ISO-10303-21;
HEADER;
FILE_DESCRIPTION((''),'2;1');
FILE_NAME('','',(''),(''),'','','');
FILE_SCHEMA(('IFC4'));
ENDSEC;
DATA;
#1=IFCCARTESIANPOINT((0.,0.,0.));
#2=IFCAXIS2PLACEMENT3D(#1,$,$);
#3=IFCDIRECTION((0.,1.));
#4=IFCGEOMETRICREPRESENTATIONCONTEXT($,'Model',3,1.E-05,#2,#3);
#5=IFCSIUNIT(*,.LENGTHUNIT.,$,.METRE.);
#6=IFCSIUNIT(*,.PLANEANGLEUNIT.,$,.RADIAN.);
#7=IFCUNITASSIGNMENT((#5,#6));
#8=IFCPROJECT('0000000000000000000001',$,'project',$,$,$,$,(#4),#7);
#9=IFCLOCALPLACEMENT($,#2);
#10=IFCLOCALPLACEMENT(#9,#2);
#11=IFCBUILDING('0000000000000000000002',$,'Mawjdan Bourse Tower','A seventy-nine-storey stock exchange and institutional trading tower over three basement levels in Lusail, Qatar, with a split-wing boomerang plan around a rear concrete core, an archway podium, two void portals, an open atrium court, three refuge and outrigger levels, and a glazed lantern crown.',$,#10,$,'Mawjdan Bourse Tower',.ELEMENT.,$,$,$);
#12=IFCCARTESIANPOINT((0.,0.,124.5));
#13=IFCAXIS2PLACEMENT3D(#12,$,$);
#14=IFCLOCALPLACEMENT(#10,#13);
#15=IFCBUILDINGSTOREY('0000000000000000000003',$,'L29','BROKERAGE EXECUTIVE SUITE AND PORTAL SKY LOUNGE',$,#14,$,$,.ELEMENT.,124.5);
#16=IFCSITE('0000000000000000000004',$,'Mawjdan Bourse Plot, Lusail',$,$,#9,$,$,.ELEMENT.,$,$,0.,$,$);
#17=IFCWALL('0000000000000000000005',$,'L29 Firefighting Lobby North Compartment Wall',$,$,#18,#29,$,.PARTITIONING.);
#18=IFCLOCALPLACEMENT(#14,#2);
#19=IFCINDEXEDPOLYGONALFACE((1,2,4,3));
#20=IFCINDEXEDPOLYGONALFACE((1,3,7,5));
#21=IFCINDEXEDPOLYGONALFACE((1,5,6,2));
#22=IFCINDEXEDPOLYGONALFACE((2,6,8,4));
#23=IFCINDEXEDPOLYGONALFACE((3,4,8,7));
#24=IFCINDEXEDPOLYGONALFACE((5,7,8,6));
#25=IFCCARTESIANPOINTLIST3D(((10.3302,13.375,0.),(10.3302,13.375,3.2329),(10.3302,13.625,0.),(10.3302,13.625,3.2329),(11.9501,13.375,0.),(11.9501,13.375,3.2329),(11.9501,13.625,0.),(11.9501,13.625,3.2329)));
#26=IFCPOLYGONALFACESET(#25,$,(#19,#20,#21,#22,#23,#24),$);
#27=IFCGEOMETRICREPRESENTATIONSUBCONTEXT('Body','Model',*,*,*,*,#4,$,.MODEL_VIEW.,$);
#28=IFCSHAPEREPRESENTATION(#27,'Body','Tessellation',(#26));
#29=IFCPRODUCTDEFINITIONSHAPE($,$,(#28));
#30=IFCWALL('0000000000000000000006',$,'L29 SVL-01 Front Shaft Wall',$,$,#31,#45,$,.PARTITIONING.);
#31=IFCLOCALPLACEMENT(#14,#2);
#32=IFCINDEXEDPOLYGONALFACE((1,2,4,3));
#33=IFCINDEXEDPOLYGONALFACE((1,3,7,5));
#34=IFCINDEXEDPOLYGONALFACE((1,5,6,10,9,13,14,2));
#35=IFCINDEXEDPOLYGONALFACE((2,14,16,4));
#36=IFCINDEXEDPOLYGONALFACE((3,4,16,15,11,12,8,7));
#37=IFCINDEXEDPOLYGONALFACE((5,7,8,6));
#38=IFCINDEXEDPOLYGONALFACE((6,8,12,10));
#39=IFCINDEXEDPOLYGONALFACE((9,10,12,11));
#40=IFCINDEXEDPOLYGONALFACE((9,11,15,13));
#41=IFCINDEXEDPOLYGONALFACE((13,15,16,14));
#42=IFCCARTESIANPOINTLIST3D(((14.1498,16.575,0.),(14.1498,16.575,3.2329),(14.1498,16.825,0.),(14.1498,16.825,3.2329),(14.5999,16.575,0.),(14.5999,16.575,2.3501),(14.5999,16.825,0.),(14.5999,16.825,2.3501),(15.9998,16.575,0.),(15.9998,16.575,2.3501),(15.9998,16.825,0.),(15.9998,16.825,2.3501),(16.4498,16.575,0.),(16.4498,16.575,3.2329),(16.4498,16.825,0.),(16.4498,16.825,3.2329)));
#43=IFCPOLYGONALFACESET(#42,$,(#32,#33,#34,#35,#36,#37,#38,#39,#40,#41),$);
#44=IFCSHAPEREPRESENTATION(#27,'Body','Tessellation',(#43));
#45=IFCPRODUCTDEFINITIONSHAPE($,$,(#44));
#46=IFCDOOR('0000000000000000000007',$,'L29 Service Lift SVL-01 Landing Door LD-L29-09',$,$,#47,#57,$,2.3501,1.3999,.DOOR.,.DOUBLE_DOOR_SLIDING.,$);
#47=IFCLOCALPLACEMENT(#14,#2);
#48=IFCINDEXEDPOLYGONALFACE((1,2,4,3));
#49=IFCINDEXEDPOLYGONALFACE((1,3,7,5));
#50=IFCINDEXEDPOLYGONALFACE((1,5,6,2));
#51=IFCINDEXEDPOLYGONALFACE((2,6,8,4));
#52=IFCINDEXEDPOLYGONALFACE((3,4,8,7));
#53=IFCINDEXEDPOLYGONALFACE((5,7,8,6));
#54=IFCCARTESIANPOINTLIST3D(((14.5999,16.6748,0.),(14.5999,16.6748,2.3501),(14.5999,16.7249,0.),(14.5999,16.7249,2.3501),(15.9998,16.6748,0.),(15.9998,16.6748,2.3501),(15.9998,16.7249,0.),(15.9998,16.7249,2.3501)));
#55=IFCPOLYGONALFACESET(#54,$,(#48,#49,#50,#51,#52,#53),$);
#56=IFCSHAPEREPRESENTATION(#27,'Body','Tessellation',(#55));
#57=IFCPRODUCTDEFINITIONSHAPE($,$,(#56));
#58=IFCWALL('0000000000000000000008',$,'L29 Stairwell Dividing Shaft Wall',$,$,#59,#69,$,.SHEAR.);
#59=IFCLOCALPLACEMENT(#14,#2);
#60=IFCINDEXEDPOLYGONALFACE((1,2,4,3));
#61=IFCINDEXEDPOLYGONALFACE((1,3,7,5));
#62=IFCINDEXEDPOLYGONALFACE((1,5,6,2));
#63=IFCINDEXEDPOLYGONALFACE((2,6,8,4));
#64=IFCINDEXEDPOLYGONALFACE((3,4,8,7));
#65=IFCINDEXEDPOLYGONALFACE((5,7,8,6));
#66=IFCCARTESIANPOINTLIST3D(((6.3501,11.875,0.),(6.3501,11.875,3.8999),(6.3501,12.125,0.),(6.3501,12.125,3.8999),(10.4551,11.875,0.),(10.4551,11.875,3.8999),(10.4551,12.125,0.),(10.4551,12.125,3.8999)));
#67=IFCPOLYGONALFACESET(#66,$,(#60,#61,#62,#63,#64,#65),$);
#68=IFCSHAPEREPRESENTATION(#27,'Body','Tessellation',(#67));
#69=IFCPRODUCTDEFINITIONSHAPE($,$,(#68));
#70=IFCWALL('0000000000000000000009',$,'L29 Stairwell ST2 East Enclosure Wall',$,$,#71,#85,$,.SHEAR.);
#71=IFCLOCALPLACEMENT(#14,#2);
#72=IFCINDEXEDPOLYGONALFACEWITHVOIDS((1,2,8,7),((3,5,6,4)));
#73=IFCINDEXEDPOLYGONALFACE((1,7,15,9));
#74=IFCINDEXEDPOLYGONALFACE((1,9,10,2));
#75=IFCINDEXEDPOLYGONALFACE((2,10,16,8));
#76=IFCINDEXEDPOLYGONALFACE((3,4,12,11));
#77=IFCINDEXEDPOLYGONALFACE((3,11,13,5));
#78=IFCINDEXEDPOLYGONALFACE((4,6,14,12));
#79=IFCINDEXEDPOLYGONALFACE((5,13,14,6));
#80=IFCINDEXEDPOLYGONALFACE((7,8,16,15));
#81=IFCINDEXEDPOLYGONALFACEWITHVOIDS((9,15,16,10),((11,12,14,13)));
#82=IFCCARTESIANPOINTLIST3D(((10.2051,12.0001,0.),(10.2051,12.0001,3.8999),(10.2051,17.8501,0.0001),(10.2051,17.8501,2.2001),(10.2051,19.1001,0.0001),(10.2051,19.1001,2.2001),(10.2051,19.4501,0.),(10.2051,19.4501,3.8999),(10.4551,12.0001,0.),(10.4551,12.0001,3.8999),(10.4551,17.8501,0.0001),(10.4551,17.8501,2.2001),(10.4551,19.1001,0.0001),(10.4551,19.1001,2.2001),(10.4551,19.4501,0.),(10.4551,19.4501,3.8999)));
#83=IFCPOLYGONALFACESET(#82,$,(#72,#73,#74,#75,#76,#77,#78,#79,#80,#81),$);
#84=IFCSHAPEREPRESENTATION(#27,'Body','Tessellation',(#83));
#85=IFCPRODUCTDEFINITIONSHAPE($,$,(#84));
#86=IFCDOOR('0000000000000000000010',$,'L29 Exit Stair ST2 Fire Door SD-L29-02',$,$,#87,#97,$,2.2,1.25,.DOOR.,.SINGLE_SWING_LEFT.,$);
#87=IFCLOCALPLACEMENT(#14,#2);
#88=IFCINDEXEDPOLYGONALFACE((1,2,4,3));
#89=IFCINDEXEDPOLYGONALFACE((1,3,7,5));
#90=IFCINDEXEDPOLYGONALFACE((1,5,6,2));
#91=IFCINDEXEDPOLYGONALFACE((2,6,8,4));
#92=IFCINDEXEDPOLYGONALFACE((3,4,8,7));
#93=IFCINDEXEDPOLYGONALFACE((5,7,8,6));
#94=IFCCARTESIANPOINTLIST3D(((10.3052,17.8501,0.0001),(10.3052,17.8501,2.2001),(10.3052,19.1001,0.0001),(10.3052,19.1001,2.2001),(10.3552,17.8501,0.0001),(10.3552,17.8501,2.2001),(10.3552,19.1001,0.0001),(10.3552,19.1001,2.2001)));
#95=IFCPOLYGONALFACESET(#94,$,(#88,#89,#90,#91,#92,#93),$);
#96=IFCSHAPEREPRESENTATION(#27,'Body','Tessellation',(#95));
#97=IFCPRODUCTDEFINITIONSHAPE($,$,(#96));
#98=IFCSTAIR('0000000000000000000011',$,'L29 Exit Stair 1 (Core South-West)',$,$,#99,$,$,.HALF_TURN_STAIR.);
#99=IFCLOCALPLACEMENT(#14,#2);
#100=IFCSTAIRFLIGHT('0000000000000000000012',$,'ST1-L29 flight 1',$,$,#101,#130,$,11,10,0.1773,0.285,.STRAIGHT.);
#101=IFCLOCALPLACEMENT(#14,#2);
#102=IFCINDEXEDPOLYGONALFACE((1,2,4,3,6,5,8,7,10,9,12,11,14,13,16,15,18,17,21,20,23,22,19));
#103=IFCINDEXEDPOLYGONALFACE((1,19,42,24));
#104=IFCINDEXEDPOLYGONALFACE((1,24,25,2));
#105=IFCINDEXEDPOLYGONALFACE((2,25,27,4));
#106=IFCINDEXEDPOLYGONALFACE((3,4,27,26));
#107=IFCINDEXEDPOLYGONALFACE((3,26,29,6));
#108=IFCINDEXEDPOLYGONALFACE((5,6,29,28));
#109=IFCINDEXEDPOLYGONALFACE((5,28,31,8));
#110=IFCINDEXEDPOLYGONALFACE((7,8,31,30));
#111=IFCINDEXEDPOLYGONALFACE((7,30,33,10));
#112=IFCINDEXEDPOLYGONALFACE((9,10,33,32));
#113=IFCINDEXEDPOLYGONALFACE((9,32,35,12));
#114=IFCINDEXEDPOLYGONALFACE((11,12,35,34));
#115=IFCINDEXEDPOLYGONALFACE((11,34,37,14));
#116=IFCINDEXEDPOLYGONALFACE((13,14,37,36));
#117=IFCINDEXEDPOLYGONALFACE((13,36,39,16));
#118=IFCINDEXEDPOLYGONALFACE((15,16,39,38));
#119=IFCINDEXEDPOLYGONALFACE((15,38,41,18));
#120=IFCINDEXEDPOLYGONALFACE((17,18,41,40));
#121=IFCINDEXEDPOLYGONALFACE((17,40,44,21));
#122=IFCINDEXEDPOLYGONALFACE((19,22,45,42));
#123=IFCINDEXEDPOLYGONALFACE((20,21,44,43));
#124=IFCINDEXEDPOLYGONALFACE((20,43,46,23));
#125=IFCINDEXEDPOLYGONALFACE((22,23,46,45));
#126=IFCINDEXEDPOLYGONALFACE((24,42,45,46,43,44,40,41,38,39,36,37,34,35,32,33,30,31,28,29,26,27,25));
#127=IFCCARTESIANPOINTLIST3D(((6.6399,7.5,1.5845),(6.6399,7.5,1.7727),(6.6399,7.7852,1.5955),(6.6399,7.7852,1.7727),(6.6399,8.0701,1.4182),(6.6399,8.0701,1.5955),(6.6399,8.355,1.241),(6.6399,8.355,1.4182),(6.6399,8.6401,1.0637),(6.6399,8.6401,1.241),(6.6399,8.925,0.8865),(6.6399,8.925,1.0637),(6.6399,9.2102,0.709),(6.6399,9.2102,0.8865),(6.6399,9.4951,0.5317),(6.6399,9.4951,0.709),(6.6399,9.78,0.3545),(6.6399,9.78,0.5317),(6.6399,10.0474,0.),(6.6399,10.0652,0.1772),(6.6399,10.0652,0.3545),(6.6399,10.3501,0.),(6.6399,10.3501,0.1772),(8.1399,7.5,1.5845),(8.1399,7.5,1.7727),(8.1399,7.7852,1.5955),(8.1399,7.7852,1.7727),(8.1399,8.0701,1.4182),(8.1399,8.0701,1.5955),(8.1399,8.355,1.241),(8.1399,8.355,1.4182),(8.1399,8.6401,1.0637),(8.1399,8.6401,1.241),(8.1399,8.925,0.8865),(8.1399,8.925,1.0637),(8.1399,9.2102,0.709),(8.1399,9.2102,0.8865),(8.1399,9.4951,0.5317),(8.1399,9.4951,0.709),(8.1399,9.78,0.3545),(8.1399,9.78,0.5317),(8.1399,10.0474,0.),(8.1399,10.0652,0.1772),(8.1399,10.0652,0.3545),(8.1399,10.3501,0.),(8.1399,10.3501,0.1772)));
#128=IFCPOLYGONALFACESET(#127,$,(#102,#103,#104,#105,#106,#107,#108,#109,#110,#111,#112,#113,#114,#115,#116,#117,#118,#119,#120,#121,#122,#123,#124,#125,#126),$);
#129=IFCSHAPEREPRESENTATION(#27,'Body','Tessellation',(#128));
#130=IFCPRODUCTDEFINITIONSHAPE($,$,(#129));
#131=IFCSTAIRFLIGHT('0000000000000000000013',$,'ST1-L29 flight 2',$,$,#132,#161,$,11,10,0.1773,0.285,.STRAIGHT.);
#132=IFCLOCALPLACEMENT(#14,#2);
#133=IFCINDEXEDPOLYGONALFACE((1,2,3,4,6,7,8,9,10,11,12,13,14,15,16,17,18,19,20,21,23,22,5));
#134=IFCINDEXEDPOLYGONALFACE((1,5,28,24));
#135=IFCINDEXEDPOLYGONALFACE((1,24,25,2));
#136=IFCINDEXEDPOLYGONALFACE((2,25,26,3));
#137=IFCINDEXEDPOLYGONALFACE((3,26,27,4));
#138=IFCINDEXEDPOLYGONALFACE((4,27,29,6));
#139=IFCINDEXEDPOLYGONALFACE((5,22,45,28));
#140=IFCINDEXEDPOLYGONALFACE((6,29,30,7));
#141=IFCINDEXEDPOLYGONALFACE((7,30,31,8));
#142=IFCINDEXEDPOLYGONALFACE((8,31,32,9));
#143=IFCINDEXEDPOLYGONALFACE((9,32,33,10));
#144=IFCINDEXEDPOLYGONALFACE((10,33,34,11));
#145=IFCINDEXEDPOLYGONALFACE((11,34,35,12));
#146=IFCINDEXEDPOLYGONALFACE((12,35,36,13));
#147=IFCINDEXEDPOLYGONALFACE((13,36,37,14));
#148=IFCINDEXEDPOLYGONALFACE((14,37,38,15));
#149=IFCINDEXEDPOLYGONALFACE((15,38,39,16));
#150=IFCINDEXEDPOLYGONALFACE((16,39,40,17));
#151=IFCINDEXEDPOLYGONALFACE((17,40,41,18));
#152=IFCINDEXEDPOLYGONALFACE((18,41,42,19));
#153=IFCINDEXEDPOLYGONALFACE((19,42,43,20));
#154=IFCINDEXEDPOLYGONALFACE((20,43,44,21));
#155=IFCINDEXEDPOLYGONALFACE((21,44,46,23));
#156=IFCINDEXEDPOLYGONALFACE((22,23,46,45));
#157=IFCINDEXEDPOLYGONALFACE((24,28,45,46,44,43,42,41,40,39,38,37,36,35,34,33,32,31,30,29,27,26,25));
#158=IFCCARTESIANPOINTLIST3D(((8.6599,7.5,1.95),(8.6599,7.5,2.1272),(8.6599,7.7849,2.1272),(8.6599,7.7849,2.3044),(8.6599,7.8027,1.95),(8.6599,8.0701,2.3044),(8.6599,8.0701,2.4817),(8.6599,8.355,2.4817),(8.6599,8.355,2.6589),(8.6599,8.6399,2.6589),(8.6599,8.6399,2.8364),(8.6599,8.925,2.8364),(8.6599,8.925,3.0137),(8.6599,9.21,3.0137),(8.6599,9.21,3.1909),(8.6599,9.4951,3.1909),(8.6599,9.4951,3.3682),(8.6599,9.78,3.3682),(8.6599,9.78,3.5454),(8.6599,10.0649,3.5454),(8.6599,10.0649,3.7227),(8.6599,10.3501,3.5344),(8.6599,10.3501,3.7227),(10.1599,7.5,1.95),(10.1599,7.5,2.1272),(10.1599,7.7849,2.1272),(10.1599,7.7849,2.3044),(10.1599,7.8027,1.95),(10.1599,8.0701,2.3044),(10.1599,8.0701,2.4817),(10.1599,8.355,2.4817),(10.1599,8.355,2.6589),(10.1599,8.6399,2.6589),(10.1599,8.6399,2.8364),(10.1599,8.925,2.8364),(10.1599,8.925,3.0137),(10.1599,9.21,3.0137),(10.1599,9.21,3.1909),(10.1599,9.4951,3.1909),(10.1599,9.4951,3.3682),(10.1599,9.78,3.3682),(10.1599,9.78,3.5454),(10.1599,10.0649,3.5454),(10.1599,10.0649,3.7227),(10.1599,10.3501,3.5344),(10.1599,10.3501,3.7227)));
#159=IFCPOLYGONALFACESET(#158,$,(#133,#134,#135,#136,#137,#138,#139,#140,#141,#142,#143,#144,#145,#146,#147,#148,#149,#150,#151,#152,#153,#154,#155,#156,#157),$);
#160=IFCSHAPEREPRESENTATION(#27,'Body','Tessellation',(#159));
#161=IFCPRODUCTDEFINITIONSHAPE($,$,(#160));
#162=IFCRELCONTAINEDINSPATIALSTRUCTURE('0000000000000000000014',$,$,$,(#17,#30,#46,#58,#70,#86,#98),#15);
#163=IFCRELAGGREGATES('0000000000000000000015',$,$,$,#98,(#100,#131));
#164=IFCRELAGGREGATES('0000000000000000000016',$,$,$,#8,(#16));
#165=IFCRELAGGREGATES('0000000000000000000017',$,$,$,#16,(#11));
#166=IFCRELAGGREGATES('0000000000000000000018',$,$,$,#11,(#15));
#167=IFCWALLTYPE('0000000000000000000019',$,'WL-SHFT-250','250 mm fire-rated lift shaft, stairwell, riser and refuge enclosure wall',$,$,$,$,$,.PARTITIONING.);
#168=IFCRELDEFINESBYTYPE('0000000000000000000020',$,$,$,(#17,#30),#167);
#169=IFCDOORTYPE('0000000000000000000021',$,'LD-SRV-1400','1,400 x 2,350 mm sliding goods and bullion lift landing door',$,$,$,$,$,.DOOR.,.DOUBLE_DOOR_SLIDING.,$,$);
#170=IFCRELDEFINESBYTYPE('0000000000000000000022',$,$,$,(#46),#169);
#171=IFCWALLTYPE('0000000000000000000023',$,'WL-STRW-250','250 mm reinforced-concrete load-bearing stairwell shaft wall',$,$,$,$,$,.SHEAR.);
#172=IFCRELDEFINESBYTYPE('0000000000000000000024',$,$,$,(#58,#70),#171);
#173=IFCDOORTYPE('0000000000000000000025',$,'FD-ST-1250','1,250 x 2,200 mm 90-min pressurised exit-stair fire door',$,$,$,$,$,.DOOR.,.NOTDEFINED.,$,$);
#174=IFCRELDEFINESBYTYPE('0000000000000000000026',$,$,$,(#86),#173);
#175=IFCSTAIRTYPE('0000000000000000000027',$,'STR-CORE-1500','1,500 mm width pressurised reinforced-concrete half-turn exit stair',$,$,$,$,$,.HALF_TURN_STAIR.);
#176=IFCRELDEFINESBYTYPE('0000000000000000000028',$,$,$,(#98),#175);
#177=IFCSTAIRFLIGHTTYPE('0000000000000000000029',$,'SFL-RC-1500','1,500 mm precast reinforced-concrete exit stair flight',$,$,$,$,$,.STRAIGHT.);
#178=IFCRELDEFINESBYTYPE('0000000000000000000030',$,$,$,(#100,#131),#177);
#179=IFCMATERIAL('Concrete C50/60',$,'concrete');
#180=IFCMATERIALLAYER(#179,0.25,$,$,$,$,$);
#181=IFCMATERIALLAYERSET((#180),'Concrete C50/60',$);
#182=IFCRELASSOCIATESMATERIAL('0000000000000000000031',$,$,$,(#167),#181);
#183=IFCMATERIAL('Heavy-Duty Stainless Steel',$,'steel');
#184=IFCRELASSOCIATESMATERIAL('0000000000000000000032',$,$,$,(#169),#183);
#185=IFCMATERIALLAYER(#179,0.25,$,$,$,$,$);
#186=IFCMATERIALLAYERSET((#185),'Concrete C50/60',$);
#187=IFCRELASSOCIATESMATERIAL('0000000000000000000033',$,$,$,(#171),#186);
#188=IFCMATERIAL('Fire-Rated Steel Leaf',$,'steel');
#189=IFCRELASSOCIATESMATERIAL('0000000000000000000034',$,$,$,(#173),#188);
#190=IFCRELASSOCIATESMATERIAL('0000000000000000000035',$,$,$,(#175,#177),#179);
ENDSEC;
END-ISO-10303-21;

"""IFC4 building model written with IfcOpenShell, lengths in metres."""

from ifc_helpers import new_model, si_unit, direction, frame, frame_2d, origin, place, context, subcontext, project, spatial, polyline, rectangle, outline, extrude, material, layer, layer_set, type_object, element, fill, aggregate, save


model = new_model("IFC4")

# Units and contexts
model_context = context("Model", 3, precision=1e-05, world=origin(), true_north=direction((0.0, 1.0)))
body_context = subcontext(model_context, "Body", "Model", "MODEL_VIEW")
ifc_project = project(units=[si_unit("LENGTHUNIT", "METRE"), si_unit("PLANEANGLEUNIT", "RADIAN")], contexts=[model_context])

# Site, building, storey
site_placement = place(None, origin())
site = spatial("IfcSite", under=ifc_project, at=site_placement, Name="Mawjdan Bourse Plot, Lusail", CompositionType="ELEMENT", RefElevation=0.0)
building_placement = place(site_placement, origin())
building = spatial("IfcBuilding", under=site, at=building_placement, Name="Mawjdan Bourse Tower", Description="A seventy-nine-storey stock exchange and institutional trading tower over three basement levels in Lusail, Qatar, with a split-wing boomerang plan around a rear concrete core, an archway podium, two void portals, an open atrium court, three refuge and outrigger levels, and a glazed lantern crown.", LongName="Mawjdan Bourse Tower", CompositionType="ELEMENT")
storey_placement = place(building_placement, frame((0.0, 0.0, 124.5)))
storey = spatial("IfcBuildingStorey", under=building, at=storey_placement, Name="L29", Description="BROKERAGE EXECUTIVE SUITE AND PORTAL SKY LOUNGE", CompositionType="ELEMENT", Elevation=124.5)

# Shared definitions
ifc_material_1 = material(Name="Concrete C50/60", Category="concrete")
ifc_layer_1 = layer(ifc_material_1, 0.25)
ifc_layer_set_1 = layer_set([ifc_layer_1], Name="Concrete C50/60")
wall_type_1 = type_object("IfcWallType", Name="WL-SHFT-250", Description="250 mm fire-rated lift shaft, stairwell, riser and refuge enclosure wall", PredefinedType="PARTITIONING", material=ifc_layer_set_1)

# Wall
wall_1_placement = place(storey_placement, frame((10.3301, 13.5, 0.0), z_axis=(0.0, 0.0, 1.0), x_axis=(1.0, 0.0, 0.0)))
element("IfcWall", 1, at=wall_1_placement, inside=storey, type_object=wall_type_1, Name="L29 Firefighting Lobby North Compartment Wall", PredefinedType="PARTITIONING", context=body_context, shape_type="SweptSolid", body=[
    extrude(rectangle(XDim=1.6199, YDim=0.25, at=frame_2d((0.8101, 0.0))), origin(), (0.0, 0.0, 1.0), 3.2329),
])

# Wall, opening, door
wall_2_placement = place(storey_placement, frame((14.1499, 16.7, 0.0), z_axis=(0.0, 0.0, 1.0), x_axis=(1.0, 0.0, 0.0)))
wall_2 = element("IfcWall", 2, at=wall_2_placement, inside=storey, type_object=wall_type_1, Name="L29 SVL-01 Front Shaft Wall", PredefinedType="PARTITIONING", context=body_context, shape_type="SweptSolid", body=[
    extrude(rectangle(XDim=2.3, YDim=0.25, at=frame_2d((1.1499, 0.0))), origin(), (0.0, 0.0, 1.0), 3.2329),
])
opening_1_placement = place(wall_2_placement, frame((0.45, 0.0, 0.0)))
opening_1 = element("IfcOpeningElement", 3, at=opening_1_placement, cuts=wall_2, PredefinedType="OPENING", context=body_context, shape_type="SweptSolid", body=[
    extrude(rectangle(XDim=1.3999, YDim=2.3501, at=frame_2d((0.7, 1.175))), frame((0.0, 0.135, 0.0), z_axis=(0.0, -1.0, 0.0), x_axis=(1.0, 0.0, 0.0)), (0.0, 0.0, 1.0), 0.27),
])
ifc_material_2 = material(Name="Heavy-Duty Stainless Steel", Category="steel")
door_type_1 = type_object("IfcDoorType", Name="LD-SRV-1400", Description="1,400 x 2,350 mm sliding goods and bullion lift landing door", OperationType="DOUBLE_DOOR_SLIDING", PredefinedType="DOOR", material=ifc_material_2)
door_1_placement = place(opening_1_placement, origin())
door_1 = element("IfcDoor", 4, at=door_1_placement, inside=storey, type_object=door_type_1, Name="L29 Service Lift SVL-01 Landing Door LD-L29-09", OperationType="DOUBLE_DOOR_SLIDING", OverallHeight=2.3501, OverallWidth=1.3999, PredefinedType="DOOR", context=body_context, shape_type="SweptSolid", body=[
    extrude(rectangle(XDim=1.3999, YDim=2.3501, at=frame_2d((0.7, 1.175))), frame((0.0, 0.0249, 0.0), z_axis=(0.0, -1.0, 0.0), x_axis=(1.0, 0.0, 0.0)), (0.0, 0.0, 1.0), 0.05),
])
fill(opening_1, door_1)

# Wall
ifc_layer_2 = layer(ifc_material_1, 0.25)
ifc_layer_set_2 = layer_set([ifc_layer_2], Name="Concrete C50/60")
wall_type_2 = type_object("IfcWallType", Name="WL-STRW-250", Description="250 mm reinforced-concrete load-bearing stairwell shaft wall", PredefinedType="SHEAR", material=ifc_layer_set_2)
wall_3_placement = place(storey_placement, frame((6.3501, 12.0, 0.0), z_axis=(0.0, 0.0, 1.0), x_axis=(1.0, 0.0, 0.0)))
element("IfcWall", 5, at=wall_3_placement, inside=storey, type_object=wall_type_2, Name="L29 Stairwell Dividing Shaft Wall", PredefinedType="SHEAR", context=body_context, shape_type="SweptSolid", body=[
    extrude(rectangle(XDim=4.105, YDim=0.25, at=frame_2d((2.0525, 0.0))), origin(), (0.0, 0.0, 1.0), 3.8999),
])

# Wall, opening, door
wall_4_placement = place(storey_placement, frame((10.3301, 12.0, 0.0), z_axis=(0.0, 0.0, 1.0), x_axis=(0.0, 1.0, 0.0)))
wall_4 = element("IfcWall", 6, at=wall_4_placement, inside=storey, type_object=wall_type_2, Name="L29 Stairwell ST2 East Enclosure Wall", PredefinedType="SHEAR", context=body_context, shape_type="SweptSolid", body=[
    extrude(rectangle(XDim=7.45, YDim=0.25, at=frame_2d((3.7251, 0.0))), origin(), (0.0, 0.0, 1.0), 3.8999),
])
opening_2_placement = place(wall_4_placement, frame((5.8501, 0.0, 0.0)))
opening_2 = element("IfcOpeningElement", 7, at=opening_2_placement, cuts=wall_4, PredefinedType="OPENING", context=body_context, shape_type="SweptSolid", body=[
    extrude(rectangle(XDim=1.25, YDim=2.2, at=frame_2d((0.625, 1.1001))), frame((0.0, 0.135, 0.0), z_axis=(0.0, -1.0, 0.0), x_axis=(1.0, 0.0, 0.0)), (0.0, 0.0, 1.0), 0.27),
])
ifc_material_3 = material(Name="Fire-Rated Steel Leaf", Category="steel")
door_type_2 = type_object("IfcDoorType", Name="FD-ST-1250", Description="1,250 x 2,200 mm 90-min pressurised exit-stair fire door", OperationType="NOTDEFINED", PredefinedType="DOOR", material=ifc_material_3)
door_2_placement = place(opening_2_placement, origin())
door_2 = element("IfcDoor", 8, at=door_2_placement, inside=storey, type_object=door_type_2, Name="L29 Exit Stair ST2 Fire Door SD-L29-02", OperationType="SINGLE_SWING_LEFT", OverallHeight=2.2, OverallWidth=1.25, PredefinedType="DOOR", context=body_context, shape_type="SweptSolid", body=[
    extrude(rectangle(XDim=1.25, YDim=2.2, at=frame_2d((0.625, 1.1001))), frame((0.0, 0.0249, 0.0), z_axis=(0.0, -1.0, 0.0), x_axis=(1.0, 0.0, 0.0)), (0.0, 0.0, 1.0), 0.05),
])
fill(opening_2, door_2)

# Stair, stair flights
stair_type = type_object("IfcStairType", Name="STR-CORE-1500", Description="1,500 mm width pressurised reinforced-concrete half-turn exit stair", PredefinedType="HALF_TURN_STAIR", material=ifc_material_1)
stair_1_placement = place(storey_placement, origin())
stair_1 = element("IfcStair", 9, at=stair_1_placement, inside=storey, type_object=stair_type, Name="L29 Exit Stair 1 (Core South-West)", PredefinedType="HALF_TURN_STAIR")
stair_flight_type = type_object("IfcStairFlightType", Name="SFL-RC-1500", Description="1,500 mm precast reinforced-concrete exit stair flight", PredefinedType="STRAIGHT", material=ifc_material_1)
stair_flight_1_placement = place(storey_placement, frame((7.3899, 10.3501, 0.0), z_axis=(0.0, 0.0, 1.0), x_axis=(0.0, -1.0, 0.0)))
stair_flight_1 = element("IfcStairFlight", 10, at=stair_flight_1_placement, type_object=stair_flight_type, Name="ST1-L29 flight 1", NumberOfRisers=11, NumberOfTreads=10, PredefinedType="STRAIGHT", RiserHeight=0.1773, TreadLength=0.285, context=body_context, shape_type="SweptSolid", body=[
    extrude(outline(polyline([(0.0, 0.0), (0.0, 0.1772), (0.2849, 0.1772), (0.2849, 0.3545), (0.5701, 0.3545), (0.5701, 0.5317), (0.855, 0.5317), (0.855, 0.709), (1.1399, 0.709), (1.1399, 0.8865), (1.425, 0.8865), (1.425, 1.0637), (1.71, 1.0637), (1.71, 1.241), (1.9951, 1.241), (1.9951, 1.4182), (2.28, 1.4182), (2.28, 1.5955), (2.5649, 1.5955), (2.5649, 1.7727), (2.8501, 1.7727), (2.8501, 1.95), (2.8501, 1.5845), (0.3027, 0.0), (0.0, 0.0)])), frame((0.0, 0.75, 0.0), z_axis=(0.0, -1.0, 0.0), x_axis=(1.0, 0.0, 0.0)), (0.0, 0.0, 1.0), 1.5),
])
stair_flight_2_placement = place(storey_placement, frame((9.4099, 7.5, 1.95), z_axis=(0.0, 0.0, 1.0), x_axis=(0.0, 1.0, 0.0)))
stair_flight_2 = element("IfcStairFlight", 11, at=stair_flight_2_placement, type_object=stair_flight_type, Name="ST1-L29 flight 2", NumberOfRisers=11, NumberOfTreads=10, PredefinedType="STRAIGHT", RiserHeight=0.1773, TreadLength=0.285, context=body_context, shape_type="SweptSolid", body=[
    extrude(outline(polyline([(0.0, 0.0), (0.0, 0.1772), (0.2849, 0.1772), (0.2849, 0.3545), (0.5701, 0.3545), (0.5701, 0.5317), (0.855, 0.5317), (0.855, 0.709), (1.1399, 0.709), (1.1399, 0.8865), (1.425, 0.8865), (1.425, 1.0637), (1.71, 1.0637), (1.71, 1.241), (1.9951, 1.241), (1.9951, 1.4182), (2.28, 1.4182), (2.28, 1.5955), (2.5649, 1.5955), (2.5649, 1.7727), (2.8501, 1.7727), (2.8501, 1.95), (2.8501, 1.5845), (0.3027, 0.0), (0.0, 0.0)])), frame((0.0, 0.75, 0.0), z_axis=(0.0, -1.0, 0.0), x_axis=(1.0, 0.0, 0.0)), (0.0, 0.0, 1.0), 1.5),
])
aggregate(stair_1, [stair_flight_1, stair_flight_2])

save(model, "model.ifc")
